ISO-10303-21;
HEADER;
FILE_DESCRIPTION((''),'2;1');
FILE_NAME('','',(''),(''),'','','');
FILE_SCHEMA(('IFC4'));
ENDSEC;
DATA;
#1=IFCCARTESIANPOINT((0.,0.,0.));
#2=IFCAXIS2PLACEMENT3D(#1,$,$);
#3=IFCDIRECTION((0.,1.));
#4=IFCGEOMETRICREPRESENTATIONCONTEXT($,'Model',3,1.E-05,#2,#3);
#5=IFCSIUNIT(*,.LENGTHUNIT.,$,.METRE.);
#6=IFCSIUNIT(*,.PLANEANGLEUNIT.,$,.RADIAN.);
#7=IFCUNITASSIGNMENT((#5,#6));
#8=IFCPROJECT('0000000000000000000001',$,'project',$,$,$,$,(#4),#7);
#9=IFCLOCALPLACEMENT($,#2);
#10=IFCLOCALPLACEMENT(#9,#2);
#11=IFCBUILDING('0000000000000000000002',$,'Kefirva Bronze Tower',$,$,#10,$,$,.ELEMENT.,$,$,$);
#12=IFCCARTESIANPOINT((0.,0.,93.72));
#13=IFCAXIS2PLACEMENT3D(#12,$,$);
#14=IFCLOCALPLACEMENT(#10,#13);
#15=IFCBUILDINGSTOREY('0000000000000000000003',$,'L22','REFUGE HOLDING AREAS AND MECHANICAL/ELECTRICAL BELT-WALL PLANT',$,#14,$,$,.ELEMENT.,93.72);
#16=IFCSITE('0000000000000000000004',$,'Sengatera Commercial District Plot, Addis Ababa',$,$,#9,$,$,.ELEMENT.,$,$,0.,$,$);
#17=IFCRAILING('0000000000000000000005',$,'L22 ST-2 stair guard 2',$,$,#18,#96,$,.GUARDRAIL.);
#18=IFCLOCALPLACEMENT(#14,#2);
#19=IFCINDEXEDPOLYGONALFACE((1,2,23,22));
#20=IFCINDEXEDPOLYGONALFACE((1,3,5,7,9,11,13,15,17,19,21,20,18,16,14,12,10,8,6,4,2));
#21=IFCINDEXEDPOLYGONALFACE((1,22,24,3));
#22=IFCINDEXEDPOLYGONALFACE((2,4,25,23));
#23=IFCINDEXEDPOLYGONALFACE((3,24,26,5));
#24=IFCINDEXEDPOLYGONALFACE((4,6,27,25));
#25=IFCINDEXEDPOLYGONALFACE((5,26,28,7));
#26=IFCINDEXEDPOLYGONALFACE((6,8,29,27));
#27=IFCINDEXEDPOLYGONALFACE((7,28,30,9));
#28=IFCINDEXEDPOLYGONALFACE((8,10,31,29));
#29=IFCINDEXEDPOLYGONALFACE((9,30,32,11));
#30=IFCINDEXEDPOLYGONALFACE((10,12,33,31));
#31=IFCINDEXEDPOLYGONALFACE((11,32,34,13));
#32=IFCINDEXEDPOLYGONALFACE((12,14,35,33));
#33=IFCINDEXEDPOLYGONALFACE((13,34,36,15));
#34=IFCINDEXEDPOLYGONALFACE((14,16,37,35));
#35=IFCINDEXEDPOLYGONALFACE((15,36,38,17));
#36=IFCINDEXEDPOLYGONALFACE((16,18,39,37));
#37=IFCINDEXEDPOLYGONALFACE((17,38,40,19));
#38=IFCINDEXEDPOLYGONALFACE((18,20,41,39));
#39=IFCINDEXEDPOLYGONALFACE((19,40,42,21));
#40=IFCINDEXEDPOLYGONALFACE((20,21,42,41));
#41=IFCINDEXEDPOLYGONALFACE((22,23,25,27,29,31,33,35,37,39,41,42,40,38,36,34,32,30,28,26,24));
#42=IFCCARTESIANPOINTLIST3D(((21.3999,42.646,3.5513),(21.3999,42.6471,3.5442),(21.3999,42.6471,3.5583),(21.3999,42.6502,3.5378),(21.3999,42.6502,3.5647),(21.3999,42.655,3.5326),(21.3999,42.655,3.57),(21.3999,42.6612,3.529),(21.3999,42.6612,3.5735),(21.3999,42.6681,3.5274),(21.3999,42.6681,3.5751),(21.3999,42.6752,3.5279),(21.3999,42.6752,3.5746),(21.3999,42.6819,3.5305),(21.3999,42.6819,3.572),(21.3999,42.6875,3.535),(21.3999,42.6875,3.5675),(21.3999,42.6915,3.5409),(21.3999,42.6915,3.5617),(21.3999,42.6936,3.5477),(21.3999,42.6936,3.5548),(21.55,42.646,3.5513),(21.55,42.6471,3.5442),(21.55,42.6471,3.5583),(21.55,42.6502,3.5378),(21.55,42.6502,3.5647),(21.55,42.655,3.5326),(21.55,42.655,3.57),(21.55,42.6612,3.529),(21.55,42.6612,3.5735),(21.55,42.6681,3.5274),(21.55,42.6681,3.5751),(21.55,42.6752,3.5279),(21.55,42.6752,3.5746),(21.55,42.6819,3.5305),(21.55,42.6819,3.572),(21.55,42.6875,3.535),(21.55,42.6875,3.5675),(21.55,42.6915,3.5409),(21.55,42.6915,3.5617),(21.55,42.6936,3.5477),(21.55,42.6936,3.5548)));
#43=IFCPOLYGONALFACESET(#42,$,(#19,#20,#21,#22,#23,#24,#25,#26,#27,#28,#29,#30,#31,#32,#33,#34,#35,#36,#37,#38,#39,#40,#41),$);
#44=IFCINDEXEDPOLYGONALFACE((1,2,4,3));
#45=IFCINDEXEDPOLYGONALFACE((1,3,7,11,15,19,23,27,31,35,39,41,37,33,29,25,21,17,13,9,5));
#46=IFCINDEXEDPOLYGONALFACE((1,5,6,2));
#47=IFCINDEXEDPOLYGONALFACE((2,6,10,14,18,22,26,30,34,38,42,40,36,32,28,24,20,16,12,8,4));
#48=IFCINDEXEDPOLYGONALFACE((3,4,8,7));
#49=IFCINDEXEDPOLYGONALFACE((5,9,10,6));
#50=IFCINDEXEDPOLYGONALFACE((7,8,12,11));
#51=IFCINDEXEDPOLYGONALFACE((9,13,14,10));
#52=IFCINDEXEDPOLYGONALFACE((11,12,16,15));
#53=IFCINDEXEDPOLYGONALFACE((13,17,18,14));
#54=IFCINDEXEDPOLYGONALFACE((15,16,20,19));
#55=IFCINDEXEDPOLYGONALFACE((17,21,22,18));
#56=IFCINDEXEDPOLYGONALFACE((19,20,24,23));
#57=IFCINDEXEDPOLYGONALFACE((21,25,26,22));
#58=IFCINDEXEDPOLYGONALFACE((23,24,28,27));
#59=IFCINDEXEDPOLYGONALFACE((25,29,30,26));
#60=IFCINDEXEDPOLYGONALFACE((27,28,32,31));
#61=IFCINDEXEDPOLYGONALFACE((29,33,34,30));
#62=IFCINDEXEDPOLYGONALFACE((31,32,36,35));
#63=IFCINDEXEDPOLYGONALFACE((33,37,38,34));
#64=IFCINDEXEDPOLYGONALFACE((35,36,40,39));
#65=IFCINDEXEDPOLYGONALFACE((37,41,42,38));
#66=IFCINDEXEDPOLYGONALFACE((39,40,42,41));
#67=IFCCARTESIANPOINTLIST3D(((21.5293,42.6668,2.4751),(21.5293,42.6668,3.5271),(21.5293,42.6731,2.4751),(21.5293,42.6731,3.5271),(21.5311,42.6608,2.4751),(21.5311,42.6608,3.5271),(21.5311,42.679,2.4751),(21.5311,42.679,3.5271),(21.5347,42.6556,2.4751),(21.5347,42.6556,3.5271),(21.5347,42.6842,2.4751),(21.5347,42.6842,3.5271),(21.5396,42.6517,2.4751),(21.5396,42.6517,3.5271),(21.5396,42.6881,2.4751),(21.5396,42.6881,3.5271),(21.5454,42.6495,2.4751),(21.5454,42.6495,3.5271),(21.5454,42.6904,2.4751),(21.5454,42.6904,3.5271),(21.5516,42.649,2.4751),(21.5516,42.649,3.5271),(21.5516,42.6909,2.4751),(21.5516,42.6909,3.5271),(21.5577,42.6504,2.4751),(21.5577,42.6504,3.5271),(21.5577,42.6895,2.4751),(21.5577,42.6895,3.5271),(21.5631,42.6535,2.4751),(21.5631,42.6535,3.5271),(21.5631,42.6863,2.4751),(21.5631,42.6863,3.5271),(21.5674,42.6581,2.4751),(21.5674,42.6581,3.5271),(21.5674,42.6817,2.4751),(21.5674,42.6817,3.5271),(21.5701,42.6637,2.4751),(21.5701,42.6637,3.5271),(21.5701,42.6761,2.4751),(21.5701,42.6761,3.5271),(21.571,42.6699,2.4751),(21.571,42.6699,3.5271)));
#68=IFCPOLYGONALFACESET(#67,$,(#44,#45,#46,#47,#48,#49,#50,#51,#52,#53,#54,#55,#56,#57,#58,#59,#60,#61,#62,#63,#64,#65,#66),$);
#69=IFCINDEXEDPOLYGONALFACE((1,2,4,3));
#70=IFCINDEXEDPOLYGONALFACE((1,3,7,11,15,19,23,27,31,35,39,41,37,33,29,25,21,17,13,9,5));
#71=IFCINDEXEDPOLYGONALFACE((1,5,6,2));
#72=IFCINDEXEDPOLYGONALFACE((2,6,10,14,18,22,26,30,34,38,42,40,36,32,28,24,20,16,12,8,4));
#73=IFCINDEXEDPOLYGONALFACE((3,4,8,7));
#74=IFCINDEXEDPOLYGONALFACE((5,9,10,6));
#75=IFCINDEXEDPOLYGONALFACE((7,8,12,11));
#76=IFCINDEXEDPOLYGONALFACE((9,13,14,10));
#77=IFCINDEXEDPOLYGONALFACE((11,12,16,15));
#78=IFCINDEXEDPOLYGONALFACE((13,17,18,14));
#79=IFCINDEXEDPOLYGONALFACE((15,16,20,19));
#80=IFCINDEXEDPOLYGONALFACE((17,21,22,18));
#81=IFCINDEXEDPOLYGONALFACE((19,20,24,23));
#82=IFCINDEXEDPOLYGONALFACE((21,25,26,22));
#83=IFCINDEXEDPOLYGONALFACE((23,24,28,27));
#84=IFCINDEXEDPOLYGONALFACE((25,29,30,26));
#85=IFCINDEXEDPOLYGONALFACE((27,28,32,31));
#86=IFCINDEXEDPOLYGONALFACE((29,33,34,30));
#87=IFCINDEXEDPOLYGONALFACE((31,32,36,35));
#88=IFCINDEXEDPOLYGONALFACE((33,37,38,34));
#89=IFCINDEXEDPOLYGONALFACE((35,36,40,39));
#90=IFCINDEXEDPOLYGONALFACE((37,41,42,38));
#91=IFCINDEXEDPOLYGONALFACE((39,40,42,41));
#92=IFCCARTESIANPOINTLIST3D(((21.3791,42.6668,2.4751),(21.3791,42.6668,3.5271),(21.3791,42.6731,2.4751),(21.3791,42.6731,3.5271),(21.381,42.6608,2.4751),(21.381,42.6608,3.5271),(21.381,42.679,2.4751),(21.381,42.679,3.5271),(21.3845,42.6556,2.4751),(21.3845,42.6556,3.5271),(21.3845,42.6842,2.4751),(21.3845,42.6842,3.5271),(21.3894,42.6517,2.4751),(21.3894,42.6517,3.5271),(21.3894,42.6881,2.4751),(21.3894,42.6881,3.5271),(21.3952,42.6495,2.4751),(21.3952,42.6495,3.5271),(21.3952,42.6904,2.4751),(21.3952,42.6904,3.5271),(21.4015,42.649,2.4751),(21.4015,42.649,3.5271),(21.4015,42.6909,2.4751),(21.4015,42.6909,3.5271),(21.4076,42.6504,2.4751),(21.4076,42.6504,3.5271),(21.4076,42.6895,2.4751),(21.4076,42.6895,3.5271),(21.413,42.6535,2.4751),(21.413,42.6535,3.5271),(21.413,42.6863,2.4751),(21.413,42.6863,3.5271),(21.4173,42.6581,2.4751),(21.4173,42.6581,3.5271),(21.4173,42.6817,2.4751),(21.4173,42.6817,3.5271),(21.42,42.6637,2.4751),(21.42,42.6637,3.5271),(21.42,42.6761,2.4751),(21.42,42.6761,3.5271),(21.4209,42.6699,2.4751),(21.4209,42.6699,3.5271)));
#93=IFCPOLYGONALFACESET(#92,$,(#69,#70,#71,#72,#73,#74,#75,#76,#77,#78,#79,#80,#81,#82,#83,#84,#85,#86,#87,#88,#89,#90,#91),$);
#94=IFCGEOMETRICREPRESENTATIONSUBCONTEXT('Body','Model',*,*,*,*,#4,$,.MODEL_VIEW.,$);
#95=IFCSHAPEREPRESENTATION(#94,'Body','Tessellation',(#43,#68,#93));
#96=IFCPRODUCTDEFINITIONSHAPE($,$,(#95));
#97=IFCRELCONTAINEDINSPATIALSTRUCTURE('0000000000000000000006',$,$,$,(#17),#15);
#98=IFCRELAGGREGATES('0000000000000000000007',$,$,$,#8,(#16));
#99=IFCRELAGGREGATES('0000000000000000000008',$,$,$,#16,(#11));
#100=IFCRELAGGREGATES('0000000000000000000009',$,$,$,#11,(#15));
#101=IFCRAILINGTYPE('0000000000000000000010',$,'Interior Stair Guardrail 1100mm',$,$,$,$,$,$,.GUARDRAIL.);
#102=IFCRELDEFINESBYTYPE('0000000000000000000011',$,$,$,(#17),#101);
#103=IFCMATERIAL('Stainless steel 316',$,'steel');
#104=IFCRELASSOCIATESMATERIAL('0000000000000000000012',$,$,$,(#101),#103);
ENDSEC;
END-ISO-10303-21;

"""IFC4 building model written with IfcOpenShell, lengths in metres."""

from ifc_helpers import new_model, si_unit, direction, frame, origin, origin_2d, place, context, subcontext, project, spatial, circle, extrude, material, type_object, element, save


model = new_model("IFC4")

# Units and contexts
model_context = context("Model", 3, precision=1e-05, world=origin(), true_north=direction((0.0, 1.0)))
body_context = subcontext(model_context, "Body", "Model", "MODEL_VIEW")
ifc_project = project(units=[si_unit("LENGTHUNIT", "METRE"), si_unit("PLANEANGLEUNIT", "RADIAN")], contexts=[model_context])

# Site, building, storey
site_placement = place(None, origin())
site = spatial("IfcSite", under=ifc_project, at=site_placement, Name="Sengatera Commercial District Plot, Addis Ababa", CompositionType="ELEMENT", RefElevation=0.0)
building_placement = place(site_placement, origin())
building = spatial("IfcBuilding", under=site, at=building_placement, Name="Kefirva Bronze Tower", CompositionType="ELEMENT")
storey_placement = place(building_placement, frame((0.0, 0.0, 93.72)))
storey = spatial("IfcBuildingStorey", under=building, at=storey_placement, Name="L22", Description="REFUGE HOLDING AREAS AND MECHANICAL/ELECTRICAL BELT-WALL PLANT", CompositionType="ELEMENT", Elevation=93.72)

# Railing
ifc_material_1 = material(Name="Stainless steel 316", Category="steel")
railing_type_1 = type_object("IfcRailingType", Name="Interior Stair Guardrail 1100mm", PredefinedType="GUARDRAIL", material=ifc_material_1)
railing_1_placement = place(storey_placement, frame((21.55, 42.6699, 2.4751)))
element("IfcRailing", 1, at=railing_1_placement, inside=storey, type_object=railing_type_1, Name="L22 ST-2 stair guard 2", PredefinedType="GUARDRAIL", context=body_context, shape_type="SweptSolid", body=[
    extrude(circle(Radius=0.0239, at=origin_2d()), frame((0.0, 0.0, 1.0762), z_axis=(-1.0, 0.0, 0.0), x_axis=(0.0, -1.0, 0.0)), (0.0, 0.0, 1.0), 0.1501),
    extrude(circle(Radius=0.021, at=origin_2d()), origin(), (0.0, 0.0, 1.0), 1.052),
    extrude(circle(Radius=0.021, at=origin_2d()), frame((-0.1501, 0.0, 0.0)), (0.0, 0.0, 1.0), 1.052),
])

save(model, "model.ifc")
